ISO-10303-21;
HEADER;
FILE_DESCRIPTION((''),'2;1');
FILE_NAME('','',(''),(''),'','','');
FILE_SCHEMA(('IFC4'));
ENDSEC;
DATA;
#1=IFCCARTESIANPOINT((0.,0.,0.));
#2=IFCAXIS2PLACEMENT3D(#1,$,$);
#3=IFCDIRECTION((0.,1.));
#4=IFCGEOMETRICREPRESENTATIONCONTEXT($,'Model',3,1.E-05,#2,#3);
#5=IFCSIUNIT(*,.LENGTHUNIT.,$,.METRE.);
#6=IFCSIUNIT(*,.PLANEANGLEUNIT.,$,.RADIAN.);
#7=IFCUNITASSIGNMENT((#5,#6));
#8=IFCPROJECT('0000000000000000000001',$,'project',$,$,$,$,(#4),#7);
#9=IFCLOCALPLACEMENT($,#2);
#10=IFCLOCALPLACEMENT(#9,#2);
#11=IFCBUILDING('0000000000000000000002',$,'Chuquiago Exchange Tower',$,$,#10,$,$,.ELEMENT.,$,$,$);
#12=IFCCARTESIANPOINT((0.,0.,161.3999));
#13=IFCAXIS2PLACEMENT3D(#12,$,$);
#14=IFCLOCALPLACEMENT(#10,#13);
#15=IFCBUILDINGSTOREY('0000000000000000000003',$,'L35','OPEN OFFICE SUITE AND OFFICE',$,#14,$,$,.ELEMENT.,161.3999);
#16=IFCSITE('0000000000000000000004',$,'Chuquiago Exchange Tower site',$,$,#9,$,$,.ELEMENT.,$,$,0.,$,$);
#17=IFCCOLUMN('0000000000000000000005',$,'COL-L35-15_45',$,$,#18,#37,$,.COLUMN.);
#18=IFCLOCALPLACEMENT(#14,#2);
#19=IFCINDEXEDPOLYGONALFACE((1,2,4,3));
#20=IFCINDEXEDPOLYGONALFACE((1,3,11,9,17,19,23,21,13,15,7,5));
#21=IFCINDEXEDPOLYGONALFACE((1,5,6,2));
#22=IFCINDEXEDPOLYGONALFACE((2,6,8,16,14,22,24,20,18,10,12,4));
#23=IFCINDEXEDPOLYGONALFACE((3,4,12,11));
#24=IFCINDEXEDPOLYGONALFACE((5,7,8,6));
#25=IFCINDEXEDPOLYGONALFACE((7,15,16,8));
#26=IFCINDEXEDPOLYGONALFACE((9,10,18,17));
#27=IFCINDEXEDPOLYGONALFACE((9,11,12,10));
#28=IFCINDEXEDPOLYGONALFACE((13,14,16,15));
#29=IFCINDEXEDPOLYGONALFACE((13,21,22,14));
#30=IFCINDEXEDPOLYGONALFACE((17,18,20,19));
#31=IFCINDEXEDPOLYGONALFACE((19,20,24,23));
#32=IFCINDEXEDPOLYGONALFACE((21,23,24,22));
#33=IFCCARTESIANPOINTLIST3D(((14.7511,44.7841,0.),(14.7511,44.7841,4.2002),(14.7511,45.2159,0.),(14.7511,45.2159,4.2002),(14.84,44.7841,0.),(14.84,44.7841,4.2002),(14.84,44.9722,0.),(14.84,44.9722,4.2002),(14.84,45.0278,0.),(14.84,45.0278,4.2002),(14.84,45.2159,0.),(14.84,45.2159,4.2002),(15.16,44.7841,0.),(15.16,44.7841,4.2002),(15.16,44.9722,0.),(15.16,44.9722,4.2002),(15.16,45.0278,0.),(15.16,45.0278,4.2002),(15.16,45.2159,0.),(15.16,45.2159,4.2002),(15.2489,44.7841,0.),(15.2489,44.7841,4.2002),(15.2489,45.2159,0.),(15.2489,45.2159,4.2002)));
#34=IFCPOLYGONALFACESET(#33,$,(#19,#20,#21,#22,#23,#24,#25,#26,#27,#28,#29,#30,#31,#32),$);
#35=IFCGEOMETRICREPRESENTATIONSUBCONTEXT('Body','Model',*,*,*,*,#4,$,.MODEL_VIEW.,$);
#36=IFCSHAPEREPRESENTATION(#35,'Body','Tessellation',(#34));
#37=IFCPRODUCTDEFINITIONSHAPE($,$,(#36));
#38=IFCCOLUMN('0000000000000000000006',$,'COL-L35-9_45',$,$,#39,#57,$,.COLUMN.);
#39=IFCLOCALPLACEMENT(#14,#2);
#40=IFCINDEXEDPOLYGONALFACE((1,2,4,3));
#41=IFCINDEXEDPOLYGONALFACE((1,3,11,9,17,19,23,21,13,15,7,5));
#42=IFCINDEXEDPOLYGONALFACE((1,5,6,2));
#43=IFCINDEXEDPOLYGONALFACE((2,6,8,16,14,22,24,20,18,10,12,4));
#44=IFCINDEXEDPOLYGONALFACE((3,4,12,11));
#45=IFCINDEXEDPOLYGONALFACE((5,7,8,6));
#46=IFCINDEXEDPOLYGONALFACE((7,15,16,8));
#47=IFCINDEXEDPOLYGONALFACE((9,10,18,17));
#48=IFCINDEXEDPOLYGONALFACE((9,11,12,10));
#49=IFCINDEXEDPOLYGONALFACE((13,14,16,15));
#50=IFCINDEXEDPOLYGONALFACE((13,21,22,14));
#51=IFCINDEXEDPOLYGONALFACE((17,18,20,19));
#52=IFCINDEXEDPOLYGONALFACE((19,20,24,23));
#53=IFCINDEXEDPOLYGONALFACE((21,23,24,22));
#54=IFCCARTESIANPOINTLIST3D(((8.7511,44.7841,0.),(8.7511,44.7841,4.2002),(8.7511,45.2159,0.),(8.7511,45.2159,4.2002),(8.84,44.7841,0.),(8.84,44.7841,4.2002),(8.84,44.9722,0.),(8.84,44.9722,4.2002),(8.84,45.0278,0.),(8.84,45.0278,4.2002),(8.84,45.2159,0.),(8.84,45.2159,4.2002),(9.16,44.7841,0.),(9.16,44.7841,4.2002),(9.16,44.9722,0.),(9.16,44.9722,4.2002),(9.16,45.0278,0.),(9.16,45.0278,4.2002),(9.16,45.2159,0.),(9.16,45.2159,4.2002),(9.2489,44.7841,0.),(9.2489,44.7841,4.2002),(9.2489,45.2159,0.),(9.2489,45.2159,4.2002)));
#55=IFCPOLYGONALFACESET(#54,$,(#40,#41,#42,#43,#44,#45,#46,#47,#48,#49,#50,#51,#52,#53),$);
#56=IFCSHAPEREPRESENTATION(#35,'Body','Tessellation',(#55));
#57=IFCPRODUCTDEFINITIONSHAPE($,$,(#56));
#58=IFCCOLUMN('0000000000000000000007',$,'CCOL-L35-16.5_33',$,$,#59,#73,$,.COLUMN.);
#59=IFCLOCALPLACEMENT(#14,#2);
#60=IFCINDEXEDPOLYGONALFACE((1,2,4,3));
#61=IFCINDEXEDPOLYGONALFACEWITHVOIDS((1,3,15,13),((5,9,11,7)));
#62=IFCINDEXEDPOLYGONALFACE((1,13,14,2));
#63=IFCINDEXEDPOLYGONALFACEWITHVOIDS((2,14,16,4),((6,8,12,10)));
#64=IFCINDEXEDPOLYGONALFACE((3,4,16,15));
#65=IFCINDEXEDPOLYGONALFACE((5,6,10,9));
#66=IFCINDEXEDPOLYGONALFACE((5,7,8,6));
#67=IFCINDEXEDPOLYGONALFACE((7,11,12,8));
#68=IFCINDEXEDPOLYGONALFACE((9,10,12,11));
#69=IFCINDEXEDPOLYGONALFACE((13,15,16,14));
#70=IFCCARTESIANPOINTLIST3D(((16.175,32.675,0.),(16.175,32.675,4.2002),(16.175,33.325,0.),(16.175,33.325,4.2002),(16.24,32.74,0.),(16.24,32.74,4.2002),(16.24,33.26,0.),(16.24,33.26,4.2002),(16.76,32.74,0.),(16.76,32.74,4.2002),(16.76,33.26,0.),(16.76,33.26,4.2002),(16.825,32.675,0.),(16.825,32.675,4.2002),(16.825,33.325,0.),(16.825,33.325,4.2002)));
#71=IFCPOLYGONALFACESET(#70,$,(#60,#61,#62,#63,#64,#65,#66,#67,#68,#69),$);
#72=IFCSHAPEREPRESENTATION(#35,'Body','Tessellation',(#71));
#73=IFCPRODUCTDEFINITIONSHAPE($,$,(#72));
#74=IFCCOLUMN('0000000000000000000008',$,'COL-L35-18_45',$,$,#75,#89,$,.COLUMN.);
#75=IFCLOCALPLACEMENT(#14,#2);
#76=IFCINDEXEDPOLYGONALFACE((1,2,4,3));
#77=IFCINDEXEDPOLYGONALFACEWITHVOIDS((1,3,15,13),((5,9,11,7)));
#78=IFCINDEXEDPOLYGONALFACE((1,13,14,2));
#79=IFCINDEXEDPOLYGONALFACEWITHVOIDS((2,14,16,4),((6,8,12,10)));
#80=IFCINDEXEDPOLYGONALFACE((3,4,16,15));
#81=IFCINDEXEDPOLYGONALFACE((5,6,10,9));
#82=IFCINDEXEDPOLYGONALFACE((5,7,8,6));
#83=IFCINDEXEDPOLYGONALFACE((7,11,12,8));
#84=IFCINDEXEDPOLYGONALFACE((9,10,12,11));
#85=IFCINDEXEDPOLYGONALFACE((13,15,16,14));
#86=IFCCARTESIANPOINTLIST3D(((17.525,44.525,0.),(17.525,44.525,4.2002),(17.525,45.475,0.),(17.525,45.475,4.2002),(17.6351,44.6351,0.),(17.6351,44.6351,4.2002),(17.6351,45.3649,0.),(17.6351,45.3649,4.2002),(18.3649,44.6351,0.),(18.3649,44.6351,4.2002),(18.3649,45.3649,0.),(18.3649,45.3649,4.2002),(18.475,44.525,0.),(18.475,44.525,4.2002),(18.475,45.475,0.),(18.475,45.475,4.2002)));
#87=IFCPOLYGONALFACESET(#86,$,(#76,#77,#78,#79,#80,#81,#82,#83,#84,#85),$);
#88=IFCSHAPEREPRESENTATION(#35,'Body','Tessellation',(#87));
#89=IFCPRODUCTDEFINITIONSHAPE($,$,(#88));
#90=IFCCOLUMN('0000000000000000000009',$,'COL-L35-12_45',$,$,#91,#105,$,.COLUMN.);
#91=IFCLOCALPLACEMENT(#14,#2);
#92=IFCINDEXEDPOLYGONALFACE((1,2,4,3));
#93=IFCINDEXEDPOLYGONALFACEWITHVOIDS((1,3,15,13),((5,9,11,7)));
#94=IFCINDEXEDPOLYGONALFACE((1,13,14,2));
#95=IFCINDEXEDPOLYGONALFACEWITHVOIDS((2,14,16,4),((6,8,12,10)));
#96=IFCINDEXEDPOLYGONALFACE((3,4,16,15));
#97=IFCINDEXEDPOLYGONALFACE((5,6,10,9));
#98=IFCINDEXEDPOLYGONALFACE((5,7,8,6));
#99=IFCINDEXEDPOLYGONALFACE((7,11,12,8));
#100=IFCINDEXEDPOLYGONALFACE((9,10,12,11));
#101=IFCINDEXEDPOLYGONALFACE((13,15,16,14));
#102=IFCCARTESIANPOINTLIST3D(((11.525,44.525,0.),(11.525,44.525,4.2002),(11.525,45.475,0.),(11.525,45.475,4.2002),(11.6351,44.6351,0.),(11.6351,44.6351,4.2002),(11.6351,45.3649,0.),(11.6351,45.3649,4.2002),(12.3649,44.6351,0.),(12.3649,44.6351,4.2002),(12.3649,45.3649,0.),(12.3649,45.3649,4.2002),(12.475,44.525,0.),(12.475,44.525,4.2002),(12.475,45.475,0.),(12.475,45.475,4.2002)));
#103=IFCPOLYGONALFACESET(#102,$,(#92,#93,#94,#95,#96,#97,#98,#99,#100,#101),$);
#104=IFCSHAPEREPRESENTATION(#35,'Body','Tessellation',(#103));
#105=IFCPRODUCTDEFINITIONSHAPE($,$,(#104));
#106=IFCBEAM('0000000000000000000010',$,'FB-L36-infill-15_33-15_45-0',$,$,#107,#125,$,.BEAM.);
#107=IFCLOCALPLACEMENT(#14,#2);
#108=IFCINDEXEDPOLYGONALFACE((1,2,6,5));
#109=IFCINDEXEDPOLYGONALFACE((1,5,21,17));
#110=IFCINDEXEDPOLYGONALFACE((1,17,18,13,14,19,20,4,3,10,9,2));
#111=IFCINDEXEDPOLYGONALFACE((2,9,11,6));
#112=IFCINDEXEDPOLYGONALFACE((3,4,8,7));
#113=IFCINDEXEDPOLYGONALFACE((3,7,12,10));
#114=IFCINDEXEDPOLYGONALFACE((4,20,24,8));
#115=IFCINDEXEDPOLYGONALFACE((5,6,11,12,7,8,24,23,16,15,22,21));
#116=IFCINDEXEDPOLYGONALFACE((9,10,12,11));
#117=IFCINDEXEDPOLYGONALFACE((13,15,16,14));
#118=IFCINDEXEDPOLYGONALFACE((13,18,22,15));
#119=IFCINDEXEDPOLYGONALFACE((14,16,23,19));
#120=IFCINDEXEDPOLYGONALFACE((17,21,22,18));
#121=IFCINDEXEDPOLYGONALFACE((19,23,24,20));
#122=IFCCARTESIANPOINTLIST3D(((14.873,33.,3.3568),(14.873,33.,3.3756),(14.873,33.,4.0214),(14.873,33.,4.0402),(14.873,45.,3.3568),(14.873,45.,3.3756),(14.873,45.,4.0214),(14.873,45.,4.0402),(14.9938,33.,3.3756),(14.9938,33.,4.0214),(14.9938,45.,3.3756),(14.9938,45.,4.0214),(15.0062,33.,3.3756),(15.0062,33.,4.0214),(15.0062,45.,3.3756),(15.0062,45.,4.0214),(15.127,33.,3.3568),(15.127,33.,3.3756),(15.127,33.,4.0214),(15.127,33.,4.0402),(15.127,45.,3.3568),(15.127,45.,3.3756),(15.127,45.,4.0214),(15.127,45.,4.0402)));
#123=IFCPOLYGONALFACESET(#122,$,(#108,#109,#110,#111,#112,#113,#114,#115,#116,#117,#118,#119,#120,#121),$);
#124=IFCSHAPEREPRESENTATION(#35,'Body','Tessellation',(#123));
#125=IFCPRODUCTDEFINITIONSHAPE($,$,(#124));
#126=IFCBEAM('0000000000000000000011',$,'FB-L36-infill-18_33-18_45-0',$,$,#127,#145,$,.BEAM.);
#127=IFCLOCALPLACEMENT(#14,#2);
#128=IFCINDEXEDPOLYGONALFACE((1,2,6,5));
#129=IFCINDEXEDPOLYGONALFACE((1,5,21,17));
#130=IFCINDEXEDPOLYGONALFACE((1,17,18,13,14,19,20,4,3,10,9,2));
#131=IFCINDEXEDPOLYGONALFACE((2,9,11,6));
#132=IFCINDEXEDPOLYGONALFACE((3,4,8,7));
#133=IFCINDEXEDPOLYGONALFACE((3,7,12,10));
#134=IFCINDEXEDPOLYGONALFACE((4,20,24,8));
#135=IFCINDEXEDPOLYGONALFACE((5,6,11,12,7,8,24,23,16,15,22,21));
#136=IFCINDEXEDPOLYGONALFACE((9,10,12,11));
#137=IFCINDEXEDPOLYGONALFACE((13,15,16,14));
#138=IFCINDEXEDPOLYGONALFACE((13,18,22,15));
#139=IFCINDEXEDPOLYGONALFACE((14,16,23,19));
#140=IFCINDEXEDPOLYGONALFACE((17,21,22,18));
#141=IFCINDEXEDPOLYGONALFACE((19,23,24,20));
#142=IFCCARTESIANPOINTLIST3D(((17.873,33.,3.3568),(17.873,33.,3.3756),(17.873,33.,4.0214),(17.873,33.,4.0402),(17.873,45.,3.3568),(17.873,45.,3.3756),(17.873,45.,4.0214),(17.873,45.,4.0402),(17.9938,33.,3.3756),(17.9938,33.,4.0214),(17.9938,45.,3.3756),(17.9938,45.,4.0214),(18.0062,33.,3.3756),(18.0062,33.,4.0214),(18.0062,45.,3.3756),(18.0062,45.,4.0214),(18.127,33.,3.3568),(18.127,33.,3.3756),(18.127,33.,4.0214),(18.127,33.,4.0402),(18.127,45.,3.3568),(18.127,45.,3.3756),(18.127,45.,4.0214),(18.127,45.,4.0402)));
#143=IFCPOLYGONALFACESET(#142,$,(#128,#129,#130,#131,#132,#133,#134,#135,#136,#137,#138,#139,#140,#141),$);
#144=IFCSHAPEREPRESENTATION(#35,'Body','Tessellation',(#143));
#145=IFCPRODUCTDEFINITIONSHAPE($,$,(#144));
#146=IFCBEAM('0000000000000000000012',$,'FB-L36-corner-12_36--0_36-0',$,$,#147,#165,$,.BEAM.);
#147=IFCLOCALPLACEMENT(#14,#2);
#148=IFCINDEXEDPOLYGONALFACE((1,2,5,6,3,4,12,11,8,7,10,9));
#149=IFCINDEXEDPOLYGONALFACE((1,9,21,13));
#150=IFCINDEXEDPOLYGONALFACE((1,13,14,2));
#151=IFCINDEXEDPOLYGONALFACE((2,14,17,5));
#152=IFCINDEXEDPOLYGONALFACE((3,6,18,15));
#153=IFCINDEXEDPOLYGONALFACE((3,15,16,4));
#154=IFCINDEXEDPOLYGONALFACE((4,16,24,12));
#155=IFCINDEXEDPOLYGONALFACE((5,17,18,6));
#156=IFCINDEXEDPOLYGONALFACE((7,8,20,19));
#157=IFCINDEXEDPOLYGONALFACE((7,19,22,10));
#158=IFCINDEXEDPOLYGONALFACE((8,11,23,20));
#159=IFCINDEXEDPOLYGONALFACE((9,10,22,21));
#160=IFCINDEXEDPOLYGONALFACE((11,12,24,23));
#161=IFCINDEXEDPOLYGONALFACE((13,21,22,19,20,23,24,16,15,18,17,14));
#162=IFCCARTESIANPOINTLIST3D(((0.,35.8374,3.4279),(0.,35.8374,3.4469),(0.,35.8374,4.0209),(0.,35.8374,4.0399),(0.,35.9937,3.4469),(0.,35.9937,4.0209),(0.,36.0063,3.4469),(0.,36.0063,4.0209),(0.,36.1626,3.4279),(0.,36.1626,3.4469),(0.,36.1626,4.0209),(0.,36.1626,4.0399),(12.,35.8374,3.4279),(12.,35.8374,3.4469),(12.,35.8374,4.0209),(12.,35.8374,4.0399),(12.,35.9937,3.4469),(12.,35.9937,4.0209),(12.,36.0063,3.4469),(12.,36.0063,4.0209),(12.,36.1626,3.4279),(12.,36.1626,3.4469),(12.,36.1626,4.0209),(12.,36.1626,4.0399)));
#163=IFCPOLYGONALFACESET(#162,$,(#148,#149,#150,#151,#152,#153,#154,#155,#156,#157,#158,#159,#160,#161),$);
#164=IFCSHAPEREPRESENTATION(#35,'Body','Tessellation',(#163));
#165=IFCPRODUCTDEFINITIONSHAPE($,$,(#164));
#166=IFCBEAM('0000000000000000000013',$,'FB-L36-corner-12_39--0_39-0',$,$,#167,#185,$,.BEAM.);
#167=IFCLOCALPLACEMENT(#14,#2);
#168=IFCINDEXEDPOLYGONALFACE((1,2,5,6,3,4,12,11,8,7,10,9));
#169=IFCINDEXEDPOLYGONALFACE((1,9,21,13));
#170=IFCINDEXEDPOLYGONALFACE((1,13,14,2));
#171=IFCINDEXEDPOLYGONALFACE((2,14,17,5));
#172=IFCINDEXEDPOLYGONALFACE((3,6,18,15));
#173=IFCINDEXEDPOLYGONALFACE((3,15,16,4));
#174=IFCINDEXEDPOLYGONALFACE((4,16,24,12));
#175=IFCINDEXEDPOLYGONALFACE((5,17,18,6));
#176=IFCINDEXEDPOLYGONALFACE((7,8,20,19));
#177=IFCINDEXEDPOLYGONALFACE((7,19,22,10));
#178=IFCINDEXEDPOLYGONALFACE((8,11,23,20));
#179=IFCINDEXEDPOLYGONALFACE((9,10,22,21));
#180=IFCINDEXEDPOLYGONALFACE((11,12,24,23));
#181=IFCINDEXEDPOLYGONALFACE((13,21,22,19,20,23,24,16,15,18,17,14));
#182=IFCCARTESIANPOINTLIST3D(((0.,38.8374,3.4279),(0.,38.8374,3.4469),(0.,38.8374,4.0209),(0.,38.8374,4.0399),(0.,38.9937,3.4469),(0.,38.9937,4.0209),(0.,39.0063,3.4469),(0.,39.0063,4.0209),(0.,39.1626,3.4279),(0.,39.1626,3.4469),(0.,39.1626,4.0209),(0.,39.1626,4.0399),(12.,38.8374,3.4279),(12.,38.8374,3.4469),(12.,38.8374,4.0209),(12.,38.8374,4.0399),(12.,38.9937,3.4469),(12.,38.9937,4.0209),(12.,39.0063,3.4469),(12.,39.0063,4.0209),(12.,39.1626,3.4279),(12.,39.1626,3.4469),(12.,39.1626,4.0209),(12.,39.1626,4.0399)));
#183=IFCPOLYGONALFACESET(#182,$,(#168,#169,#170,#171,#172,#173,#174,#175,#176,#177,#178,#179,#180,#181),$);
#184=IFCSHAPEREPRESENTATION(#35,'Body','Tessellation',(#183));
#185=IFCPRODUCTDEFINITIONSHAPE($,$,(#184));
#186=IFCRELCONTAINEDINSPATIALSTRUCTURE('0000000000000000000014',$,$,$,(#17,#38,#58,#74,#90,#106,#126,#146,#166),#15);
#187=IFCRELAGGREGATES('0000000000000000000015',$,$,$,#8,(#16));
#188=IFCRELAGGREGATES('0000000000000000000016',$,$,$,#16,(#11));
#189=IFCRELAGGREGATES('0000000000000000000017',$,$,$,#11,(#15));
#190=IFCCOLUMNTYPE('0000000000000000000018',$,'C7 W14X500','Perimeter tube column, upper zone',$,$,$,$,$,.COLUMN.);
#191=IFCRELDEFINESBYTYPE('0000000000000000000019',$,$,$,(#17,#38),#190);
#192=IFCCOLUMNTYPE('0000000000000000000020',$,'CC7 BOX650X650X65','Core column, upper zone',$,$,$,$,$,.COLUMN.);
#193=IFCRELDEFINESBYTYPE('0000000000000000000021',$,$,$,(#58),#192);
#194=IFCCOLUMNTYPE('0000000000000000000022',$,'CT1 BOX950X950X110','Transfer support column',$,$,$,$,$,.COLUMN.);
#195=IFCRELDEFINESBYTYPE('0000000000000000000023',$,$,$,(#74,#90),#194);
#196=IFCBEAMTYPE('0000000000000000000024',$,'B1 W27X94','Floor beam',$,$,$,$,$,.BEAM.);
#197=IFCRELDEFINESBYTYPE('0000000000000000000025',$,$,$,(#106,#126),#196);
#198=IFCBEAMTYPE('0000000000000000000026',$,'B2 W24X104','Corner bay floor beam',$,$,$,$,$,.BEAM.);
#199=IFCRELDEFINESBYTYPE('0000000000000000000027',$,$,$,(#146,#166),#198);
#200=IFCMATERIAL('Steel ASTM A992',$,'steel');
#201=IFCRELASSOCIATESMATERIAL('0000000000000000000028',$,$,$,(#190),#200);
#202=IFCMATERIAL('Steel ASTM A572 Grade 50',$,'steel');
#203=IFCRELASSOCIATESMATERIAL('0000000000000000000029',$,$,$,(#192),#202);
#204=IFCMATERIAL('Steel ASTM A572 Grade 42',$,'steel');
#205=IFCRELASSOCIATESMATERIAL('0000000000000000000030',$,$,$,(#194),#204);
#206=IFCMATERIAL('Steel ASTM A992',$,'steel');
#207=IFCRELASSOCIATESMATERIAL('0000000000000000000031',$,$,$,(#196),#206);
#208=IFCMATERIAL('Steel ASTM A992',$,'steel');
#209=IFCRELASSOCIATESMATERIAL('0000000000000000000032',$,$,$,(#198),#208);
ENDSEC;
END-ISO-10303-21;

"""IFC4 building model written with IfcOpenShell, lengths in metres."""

from ifc_helpers import new_model, si_unit, direction, frame, origin, origin_2d, place, context, subcontext, project, spatial, hollow_rectangle, i_section, extrude, material, material_profile, profile_set, type_object, element, save


model = new_model("IFC4")

# Units and contexts
model_context = context("Model", 3, precision=1e-05, world=origin(), true_north=direction((0.0, 1.0)))
body_context = subcontext(model_context, "Body", "Model", "MODEL_VIEW")
ifc_project = project(units=[si_unit("LENGTHUNIT", "METRE"), si_unit("PLANEANGLEUNIT", "RADIAN")], contexts=[model_context])

# Site, building, storey
site_placement = place(None, origin())
site = spatial("IfcSite", under=ifc_project, at=site_placement, Name="Chuquiago Exchange Tower site", CompositionType="ELEMENT", RefElevation=0.0)
building_placement = place(site_placement, origin())
building = spatial("IfcBuilding", under=site, at=building_placement, Name="Chuquiago Exchange Tower", CompositionType="ELEMENT")
storey_placement = place(building_placement, frame((0.0, 0.0, 161.3999)))
storey = spatial("IfcBuildingStorey", under=building, at=storey_placement, Name="L35", Description="OPEN OFFICE SUITE AND OFFICE", CompositionType="ELEMENT", Elevation=161.3999)

# Columns
ifc_material_1 = material(Name="Steel ASTM A992", Category="steel")
ifc_material_profile_1 = material_profile(ifc_material_1, i_section(OverallWidth=0.4319, OverallDepth=0.4978, WebThickness=0.0557, FlangeThickness=0.0889, at=origin_2d()), Name="W14X500")
ifc_profile_set_1 = profile_set([ifc_material_profile_1], Name="Steel ASTM A992")
column_type_1 = type_object("IfcColumnType", Name="C7 W14X500", Description="Perimeter tube column, upper zone", PredefinedType="COLUMN", material=ifc_profile_set_1)
for number, where, z_axis, x_axis, name in (
    (1, (15.0, 45.0, 0.0), (0.0, 0.0, 1.0), (0.0, 1.0, 0.0), "COL-L35-15_45"),
    (2, (9.0, 45.0, 0.0), (0.0, 0.0, 1.0), (0.0, 1.0, 0.0), "COL-L35-9_45"),
):
    element("IfcColumn", number, at=place(storey_placement, frame(where, z_axis=z_axis, x_axis=x_axis)), inside=storey, type_object=column_type_1, Name=name, PredefinedType="COLUMN", context=body_context, shape_type="SweptSolid", body=[
        extrude(i_section(OverallWidth=0.4319, OverallDepth=0.4978, WebThickness=0.0557, FlangeThickness=0.0889, at=origin_2d()), origin(), (0.0, 0.0, 1.0), 4.2002),
    ])
ifc_material_2 = material(Name="Steel ASTM A572 Grade 50", Category="steel")
ifc_material_profile_2 = material_profile(ifc_material_2, hollow_rectangle(XDim=0.6499, YDim=0.6499, WallThickness=0.0649, at=origin_2d()), Name="BOX650X650X65")
ifc_profile_set_2 = profile_set([ifc_material_profile_2], Name="Steel ASTM A572 Grade 50")
column_type_2 = type_object("IfcColumnType", Name="CC7 BOX650X650X65", Description="Core column, upper zone", PredefinedType="COLUMN", material=ifc_profile_set_2)
column_placement = place(storey_placement, frame((16.5, 33.0, 0.0), z_axis=(0.0, 0.0, 1.0), x_axis=(1.0, 0.0, 0.0)))
element("IfcColumn", 3, at=column_placement, inside=storey, type_object=column_type_2, Name="CCOL-L35-16.5_33", PredefinedType="COLUMN", context=body_context, shape_type="SweptSolid", body=[
    extrude(hollow_rectangle(XDim=0.6499, YDim=0.6499, WallThickness=0.0649, at=origin_2d()), origin(), (0.0, 0.0, 1.0), 4.2002),
])
ifc_material_3 = material(Name="Steel ASTM A572 Grade 42", Category="steel")
ifc_material_profile_3 = material_profile(ifc_material_3, hollow_rectangle(XDim=0.95, YDim=0.95, WallThickness=0.1101, at=origin_2d()), Name="BOX950X950X110")
ifc_profile_set_3 = profile_set([ifc_material_profile_3], Name="Steel ASTM A572 Grade 42")
column_type_3 = type_object("IfcColumnType", Name="CT1 BOX950X950X110", Description="Transfer support column", PredefinedType="COLUMN", material=ifc_profile_set_3)
for number, where, z_axis, x_axis, name in (
    (4, (18.0, 45.0, 0.0), (0.0, 0.0, 1.0), (0.0, 1.0, 0.0), "COL-L35-18_45"),
    (5, (12.0, 45.0, 0.0), (0.0, 0.0, 1.0), (0.0, 1.0, 0.0), "COL-L35-12_45"),
):
    element("IfcColumn", number, at=place(storey_placement, frame(where, z_axis=z_axis, x_axis=x_axis)), inside=storey, type_object=column_type_3, Name=name, PredefinedType="COLUMN", context=body_context, shape_type="SweptSolid", body=[
        extrude(hollow_rectangle(XDim=0.95, YDim=0.95, WallThickness=0.1101, at=origin_2d()), origin(), (0.0, 0.0, 1.0), 4.2002),
    ])

# Beams
ifc_material_4 = material(Name="Steel ASTM A992", Category="steel")
ifc_material_profile_4 = material_profile(ifc_material_4, i_section(OverallWidth=0.2539, OverallDepth=0.6833, WebThickness=0.0125, FlangeThickness=0.0188, at=origin_2d()), Name="W27X94")
ifc_profile_set_4 = profile_set([ifc_material_profile_4], Name="Steel ASTM A992")
beam_type_1 = type_object("IfcBeamType", Name="B1 W27X94", Description="Floor beam", PredefinedType="BEAM", material=ifc_profile_set_4)
for number, where, z_axis, x_axis, name in (
    (6, (15.0, 33.0, 3.6985), (0.0, 1.0, 0.0), (-1.0, 0.0, 0.0), "FB-L36-infill-15_33-15_45-0"),
    (7, (18.0, 33.0, 3.6985), (0.0, 1.0, 0.0), (-1.0, 0.0, 0.0), "FB-L36-infill-18_33-18_45-0"),
):
    element("IfcBeam", number, at=place(storey_placement, frame(where, z_axis=z_axis, x_axis=x_axis)), inside=storey, type_object=beam_type_1, Name=name, PredefinedType="BEAM", context=body_context, shape_type="SweptSolid", body=[
        extrude(i_section(OverallWidth=0.2539, OverallDepth=0.6833, WebThickness=0.0125, FlangeThickness=0.0188, at=origin_2d()), origin(), (0.0, 0.0, 1.0), 12.0),
    ])
ifc_material_5 = material(Name="Steel ASTM A992", Category="steel")
ifc_material_profile_5 = material_profile(ifc_material_5, i_section(OverallWidth=0.3252, OverallDepth=0.6121, WebThickness=0.0127, FlangeThickness=0.019, at=origin_2d()), Name="W24X104")
ifc_profile_set_5 = profile_set([ifc_material_profile_5], Name="Steel ASTM A992")
beam_type_2 = type_object("IfcBeamType", Name="B2 W24X104", Description="Corner bay floor beam", PredefinedType="BEAM", material=ifc_profile_set_5)
for number, where, z_axis, x_axis, name in (
    (8, (12.0, 36.0, 3.7339), (-1.0, 0.0, 0.0), (0.0, -1.0, 0.0), "FB-L36-corner-12_36--0_36-0"),
    (9, (12.0, 39.0, 3.7339), (-1.0, 0.0, 0.0), (0.0, -1.0, 0.0), "FB-L36-corner-12_39--0_39-0"),
):
    element("IfcBeam", number, at=place(storey_placement, frame(where, z_axis=z_axis, x_axis=x_axis)), inside=storey, type_object=beam_type_2, Name=name, PredefinedType="BEAM", context=body_context, shape_type="SweptSolid", body=[
        extrude(i_section(OverallWidth=0.3252, OverallDepth=0.6121, WebThickness=0.0127, FlangeThickness=0.019, at=origin_2d()), origin(), (0.0, 0.0, 1.0), 12.0),
    ])

save(model, "model.ifc")
